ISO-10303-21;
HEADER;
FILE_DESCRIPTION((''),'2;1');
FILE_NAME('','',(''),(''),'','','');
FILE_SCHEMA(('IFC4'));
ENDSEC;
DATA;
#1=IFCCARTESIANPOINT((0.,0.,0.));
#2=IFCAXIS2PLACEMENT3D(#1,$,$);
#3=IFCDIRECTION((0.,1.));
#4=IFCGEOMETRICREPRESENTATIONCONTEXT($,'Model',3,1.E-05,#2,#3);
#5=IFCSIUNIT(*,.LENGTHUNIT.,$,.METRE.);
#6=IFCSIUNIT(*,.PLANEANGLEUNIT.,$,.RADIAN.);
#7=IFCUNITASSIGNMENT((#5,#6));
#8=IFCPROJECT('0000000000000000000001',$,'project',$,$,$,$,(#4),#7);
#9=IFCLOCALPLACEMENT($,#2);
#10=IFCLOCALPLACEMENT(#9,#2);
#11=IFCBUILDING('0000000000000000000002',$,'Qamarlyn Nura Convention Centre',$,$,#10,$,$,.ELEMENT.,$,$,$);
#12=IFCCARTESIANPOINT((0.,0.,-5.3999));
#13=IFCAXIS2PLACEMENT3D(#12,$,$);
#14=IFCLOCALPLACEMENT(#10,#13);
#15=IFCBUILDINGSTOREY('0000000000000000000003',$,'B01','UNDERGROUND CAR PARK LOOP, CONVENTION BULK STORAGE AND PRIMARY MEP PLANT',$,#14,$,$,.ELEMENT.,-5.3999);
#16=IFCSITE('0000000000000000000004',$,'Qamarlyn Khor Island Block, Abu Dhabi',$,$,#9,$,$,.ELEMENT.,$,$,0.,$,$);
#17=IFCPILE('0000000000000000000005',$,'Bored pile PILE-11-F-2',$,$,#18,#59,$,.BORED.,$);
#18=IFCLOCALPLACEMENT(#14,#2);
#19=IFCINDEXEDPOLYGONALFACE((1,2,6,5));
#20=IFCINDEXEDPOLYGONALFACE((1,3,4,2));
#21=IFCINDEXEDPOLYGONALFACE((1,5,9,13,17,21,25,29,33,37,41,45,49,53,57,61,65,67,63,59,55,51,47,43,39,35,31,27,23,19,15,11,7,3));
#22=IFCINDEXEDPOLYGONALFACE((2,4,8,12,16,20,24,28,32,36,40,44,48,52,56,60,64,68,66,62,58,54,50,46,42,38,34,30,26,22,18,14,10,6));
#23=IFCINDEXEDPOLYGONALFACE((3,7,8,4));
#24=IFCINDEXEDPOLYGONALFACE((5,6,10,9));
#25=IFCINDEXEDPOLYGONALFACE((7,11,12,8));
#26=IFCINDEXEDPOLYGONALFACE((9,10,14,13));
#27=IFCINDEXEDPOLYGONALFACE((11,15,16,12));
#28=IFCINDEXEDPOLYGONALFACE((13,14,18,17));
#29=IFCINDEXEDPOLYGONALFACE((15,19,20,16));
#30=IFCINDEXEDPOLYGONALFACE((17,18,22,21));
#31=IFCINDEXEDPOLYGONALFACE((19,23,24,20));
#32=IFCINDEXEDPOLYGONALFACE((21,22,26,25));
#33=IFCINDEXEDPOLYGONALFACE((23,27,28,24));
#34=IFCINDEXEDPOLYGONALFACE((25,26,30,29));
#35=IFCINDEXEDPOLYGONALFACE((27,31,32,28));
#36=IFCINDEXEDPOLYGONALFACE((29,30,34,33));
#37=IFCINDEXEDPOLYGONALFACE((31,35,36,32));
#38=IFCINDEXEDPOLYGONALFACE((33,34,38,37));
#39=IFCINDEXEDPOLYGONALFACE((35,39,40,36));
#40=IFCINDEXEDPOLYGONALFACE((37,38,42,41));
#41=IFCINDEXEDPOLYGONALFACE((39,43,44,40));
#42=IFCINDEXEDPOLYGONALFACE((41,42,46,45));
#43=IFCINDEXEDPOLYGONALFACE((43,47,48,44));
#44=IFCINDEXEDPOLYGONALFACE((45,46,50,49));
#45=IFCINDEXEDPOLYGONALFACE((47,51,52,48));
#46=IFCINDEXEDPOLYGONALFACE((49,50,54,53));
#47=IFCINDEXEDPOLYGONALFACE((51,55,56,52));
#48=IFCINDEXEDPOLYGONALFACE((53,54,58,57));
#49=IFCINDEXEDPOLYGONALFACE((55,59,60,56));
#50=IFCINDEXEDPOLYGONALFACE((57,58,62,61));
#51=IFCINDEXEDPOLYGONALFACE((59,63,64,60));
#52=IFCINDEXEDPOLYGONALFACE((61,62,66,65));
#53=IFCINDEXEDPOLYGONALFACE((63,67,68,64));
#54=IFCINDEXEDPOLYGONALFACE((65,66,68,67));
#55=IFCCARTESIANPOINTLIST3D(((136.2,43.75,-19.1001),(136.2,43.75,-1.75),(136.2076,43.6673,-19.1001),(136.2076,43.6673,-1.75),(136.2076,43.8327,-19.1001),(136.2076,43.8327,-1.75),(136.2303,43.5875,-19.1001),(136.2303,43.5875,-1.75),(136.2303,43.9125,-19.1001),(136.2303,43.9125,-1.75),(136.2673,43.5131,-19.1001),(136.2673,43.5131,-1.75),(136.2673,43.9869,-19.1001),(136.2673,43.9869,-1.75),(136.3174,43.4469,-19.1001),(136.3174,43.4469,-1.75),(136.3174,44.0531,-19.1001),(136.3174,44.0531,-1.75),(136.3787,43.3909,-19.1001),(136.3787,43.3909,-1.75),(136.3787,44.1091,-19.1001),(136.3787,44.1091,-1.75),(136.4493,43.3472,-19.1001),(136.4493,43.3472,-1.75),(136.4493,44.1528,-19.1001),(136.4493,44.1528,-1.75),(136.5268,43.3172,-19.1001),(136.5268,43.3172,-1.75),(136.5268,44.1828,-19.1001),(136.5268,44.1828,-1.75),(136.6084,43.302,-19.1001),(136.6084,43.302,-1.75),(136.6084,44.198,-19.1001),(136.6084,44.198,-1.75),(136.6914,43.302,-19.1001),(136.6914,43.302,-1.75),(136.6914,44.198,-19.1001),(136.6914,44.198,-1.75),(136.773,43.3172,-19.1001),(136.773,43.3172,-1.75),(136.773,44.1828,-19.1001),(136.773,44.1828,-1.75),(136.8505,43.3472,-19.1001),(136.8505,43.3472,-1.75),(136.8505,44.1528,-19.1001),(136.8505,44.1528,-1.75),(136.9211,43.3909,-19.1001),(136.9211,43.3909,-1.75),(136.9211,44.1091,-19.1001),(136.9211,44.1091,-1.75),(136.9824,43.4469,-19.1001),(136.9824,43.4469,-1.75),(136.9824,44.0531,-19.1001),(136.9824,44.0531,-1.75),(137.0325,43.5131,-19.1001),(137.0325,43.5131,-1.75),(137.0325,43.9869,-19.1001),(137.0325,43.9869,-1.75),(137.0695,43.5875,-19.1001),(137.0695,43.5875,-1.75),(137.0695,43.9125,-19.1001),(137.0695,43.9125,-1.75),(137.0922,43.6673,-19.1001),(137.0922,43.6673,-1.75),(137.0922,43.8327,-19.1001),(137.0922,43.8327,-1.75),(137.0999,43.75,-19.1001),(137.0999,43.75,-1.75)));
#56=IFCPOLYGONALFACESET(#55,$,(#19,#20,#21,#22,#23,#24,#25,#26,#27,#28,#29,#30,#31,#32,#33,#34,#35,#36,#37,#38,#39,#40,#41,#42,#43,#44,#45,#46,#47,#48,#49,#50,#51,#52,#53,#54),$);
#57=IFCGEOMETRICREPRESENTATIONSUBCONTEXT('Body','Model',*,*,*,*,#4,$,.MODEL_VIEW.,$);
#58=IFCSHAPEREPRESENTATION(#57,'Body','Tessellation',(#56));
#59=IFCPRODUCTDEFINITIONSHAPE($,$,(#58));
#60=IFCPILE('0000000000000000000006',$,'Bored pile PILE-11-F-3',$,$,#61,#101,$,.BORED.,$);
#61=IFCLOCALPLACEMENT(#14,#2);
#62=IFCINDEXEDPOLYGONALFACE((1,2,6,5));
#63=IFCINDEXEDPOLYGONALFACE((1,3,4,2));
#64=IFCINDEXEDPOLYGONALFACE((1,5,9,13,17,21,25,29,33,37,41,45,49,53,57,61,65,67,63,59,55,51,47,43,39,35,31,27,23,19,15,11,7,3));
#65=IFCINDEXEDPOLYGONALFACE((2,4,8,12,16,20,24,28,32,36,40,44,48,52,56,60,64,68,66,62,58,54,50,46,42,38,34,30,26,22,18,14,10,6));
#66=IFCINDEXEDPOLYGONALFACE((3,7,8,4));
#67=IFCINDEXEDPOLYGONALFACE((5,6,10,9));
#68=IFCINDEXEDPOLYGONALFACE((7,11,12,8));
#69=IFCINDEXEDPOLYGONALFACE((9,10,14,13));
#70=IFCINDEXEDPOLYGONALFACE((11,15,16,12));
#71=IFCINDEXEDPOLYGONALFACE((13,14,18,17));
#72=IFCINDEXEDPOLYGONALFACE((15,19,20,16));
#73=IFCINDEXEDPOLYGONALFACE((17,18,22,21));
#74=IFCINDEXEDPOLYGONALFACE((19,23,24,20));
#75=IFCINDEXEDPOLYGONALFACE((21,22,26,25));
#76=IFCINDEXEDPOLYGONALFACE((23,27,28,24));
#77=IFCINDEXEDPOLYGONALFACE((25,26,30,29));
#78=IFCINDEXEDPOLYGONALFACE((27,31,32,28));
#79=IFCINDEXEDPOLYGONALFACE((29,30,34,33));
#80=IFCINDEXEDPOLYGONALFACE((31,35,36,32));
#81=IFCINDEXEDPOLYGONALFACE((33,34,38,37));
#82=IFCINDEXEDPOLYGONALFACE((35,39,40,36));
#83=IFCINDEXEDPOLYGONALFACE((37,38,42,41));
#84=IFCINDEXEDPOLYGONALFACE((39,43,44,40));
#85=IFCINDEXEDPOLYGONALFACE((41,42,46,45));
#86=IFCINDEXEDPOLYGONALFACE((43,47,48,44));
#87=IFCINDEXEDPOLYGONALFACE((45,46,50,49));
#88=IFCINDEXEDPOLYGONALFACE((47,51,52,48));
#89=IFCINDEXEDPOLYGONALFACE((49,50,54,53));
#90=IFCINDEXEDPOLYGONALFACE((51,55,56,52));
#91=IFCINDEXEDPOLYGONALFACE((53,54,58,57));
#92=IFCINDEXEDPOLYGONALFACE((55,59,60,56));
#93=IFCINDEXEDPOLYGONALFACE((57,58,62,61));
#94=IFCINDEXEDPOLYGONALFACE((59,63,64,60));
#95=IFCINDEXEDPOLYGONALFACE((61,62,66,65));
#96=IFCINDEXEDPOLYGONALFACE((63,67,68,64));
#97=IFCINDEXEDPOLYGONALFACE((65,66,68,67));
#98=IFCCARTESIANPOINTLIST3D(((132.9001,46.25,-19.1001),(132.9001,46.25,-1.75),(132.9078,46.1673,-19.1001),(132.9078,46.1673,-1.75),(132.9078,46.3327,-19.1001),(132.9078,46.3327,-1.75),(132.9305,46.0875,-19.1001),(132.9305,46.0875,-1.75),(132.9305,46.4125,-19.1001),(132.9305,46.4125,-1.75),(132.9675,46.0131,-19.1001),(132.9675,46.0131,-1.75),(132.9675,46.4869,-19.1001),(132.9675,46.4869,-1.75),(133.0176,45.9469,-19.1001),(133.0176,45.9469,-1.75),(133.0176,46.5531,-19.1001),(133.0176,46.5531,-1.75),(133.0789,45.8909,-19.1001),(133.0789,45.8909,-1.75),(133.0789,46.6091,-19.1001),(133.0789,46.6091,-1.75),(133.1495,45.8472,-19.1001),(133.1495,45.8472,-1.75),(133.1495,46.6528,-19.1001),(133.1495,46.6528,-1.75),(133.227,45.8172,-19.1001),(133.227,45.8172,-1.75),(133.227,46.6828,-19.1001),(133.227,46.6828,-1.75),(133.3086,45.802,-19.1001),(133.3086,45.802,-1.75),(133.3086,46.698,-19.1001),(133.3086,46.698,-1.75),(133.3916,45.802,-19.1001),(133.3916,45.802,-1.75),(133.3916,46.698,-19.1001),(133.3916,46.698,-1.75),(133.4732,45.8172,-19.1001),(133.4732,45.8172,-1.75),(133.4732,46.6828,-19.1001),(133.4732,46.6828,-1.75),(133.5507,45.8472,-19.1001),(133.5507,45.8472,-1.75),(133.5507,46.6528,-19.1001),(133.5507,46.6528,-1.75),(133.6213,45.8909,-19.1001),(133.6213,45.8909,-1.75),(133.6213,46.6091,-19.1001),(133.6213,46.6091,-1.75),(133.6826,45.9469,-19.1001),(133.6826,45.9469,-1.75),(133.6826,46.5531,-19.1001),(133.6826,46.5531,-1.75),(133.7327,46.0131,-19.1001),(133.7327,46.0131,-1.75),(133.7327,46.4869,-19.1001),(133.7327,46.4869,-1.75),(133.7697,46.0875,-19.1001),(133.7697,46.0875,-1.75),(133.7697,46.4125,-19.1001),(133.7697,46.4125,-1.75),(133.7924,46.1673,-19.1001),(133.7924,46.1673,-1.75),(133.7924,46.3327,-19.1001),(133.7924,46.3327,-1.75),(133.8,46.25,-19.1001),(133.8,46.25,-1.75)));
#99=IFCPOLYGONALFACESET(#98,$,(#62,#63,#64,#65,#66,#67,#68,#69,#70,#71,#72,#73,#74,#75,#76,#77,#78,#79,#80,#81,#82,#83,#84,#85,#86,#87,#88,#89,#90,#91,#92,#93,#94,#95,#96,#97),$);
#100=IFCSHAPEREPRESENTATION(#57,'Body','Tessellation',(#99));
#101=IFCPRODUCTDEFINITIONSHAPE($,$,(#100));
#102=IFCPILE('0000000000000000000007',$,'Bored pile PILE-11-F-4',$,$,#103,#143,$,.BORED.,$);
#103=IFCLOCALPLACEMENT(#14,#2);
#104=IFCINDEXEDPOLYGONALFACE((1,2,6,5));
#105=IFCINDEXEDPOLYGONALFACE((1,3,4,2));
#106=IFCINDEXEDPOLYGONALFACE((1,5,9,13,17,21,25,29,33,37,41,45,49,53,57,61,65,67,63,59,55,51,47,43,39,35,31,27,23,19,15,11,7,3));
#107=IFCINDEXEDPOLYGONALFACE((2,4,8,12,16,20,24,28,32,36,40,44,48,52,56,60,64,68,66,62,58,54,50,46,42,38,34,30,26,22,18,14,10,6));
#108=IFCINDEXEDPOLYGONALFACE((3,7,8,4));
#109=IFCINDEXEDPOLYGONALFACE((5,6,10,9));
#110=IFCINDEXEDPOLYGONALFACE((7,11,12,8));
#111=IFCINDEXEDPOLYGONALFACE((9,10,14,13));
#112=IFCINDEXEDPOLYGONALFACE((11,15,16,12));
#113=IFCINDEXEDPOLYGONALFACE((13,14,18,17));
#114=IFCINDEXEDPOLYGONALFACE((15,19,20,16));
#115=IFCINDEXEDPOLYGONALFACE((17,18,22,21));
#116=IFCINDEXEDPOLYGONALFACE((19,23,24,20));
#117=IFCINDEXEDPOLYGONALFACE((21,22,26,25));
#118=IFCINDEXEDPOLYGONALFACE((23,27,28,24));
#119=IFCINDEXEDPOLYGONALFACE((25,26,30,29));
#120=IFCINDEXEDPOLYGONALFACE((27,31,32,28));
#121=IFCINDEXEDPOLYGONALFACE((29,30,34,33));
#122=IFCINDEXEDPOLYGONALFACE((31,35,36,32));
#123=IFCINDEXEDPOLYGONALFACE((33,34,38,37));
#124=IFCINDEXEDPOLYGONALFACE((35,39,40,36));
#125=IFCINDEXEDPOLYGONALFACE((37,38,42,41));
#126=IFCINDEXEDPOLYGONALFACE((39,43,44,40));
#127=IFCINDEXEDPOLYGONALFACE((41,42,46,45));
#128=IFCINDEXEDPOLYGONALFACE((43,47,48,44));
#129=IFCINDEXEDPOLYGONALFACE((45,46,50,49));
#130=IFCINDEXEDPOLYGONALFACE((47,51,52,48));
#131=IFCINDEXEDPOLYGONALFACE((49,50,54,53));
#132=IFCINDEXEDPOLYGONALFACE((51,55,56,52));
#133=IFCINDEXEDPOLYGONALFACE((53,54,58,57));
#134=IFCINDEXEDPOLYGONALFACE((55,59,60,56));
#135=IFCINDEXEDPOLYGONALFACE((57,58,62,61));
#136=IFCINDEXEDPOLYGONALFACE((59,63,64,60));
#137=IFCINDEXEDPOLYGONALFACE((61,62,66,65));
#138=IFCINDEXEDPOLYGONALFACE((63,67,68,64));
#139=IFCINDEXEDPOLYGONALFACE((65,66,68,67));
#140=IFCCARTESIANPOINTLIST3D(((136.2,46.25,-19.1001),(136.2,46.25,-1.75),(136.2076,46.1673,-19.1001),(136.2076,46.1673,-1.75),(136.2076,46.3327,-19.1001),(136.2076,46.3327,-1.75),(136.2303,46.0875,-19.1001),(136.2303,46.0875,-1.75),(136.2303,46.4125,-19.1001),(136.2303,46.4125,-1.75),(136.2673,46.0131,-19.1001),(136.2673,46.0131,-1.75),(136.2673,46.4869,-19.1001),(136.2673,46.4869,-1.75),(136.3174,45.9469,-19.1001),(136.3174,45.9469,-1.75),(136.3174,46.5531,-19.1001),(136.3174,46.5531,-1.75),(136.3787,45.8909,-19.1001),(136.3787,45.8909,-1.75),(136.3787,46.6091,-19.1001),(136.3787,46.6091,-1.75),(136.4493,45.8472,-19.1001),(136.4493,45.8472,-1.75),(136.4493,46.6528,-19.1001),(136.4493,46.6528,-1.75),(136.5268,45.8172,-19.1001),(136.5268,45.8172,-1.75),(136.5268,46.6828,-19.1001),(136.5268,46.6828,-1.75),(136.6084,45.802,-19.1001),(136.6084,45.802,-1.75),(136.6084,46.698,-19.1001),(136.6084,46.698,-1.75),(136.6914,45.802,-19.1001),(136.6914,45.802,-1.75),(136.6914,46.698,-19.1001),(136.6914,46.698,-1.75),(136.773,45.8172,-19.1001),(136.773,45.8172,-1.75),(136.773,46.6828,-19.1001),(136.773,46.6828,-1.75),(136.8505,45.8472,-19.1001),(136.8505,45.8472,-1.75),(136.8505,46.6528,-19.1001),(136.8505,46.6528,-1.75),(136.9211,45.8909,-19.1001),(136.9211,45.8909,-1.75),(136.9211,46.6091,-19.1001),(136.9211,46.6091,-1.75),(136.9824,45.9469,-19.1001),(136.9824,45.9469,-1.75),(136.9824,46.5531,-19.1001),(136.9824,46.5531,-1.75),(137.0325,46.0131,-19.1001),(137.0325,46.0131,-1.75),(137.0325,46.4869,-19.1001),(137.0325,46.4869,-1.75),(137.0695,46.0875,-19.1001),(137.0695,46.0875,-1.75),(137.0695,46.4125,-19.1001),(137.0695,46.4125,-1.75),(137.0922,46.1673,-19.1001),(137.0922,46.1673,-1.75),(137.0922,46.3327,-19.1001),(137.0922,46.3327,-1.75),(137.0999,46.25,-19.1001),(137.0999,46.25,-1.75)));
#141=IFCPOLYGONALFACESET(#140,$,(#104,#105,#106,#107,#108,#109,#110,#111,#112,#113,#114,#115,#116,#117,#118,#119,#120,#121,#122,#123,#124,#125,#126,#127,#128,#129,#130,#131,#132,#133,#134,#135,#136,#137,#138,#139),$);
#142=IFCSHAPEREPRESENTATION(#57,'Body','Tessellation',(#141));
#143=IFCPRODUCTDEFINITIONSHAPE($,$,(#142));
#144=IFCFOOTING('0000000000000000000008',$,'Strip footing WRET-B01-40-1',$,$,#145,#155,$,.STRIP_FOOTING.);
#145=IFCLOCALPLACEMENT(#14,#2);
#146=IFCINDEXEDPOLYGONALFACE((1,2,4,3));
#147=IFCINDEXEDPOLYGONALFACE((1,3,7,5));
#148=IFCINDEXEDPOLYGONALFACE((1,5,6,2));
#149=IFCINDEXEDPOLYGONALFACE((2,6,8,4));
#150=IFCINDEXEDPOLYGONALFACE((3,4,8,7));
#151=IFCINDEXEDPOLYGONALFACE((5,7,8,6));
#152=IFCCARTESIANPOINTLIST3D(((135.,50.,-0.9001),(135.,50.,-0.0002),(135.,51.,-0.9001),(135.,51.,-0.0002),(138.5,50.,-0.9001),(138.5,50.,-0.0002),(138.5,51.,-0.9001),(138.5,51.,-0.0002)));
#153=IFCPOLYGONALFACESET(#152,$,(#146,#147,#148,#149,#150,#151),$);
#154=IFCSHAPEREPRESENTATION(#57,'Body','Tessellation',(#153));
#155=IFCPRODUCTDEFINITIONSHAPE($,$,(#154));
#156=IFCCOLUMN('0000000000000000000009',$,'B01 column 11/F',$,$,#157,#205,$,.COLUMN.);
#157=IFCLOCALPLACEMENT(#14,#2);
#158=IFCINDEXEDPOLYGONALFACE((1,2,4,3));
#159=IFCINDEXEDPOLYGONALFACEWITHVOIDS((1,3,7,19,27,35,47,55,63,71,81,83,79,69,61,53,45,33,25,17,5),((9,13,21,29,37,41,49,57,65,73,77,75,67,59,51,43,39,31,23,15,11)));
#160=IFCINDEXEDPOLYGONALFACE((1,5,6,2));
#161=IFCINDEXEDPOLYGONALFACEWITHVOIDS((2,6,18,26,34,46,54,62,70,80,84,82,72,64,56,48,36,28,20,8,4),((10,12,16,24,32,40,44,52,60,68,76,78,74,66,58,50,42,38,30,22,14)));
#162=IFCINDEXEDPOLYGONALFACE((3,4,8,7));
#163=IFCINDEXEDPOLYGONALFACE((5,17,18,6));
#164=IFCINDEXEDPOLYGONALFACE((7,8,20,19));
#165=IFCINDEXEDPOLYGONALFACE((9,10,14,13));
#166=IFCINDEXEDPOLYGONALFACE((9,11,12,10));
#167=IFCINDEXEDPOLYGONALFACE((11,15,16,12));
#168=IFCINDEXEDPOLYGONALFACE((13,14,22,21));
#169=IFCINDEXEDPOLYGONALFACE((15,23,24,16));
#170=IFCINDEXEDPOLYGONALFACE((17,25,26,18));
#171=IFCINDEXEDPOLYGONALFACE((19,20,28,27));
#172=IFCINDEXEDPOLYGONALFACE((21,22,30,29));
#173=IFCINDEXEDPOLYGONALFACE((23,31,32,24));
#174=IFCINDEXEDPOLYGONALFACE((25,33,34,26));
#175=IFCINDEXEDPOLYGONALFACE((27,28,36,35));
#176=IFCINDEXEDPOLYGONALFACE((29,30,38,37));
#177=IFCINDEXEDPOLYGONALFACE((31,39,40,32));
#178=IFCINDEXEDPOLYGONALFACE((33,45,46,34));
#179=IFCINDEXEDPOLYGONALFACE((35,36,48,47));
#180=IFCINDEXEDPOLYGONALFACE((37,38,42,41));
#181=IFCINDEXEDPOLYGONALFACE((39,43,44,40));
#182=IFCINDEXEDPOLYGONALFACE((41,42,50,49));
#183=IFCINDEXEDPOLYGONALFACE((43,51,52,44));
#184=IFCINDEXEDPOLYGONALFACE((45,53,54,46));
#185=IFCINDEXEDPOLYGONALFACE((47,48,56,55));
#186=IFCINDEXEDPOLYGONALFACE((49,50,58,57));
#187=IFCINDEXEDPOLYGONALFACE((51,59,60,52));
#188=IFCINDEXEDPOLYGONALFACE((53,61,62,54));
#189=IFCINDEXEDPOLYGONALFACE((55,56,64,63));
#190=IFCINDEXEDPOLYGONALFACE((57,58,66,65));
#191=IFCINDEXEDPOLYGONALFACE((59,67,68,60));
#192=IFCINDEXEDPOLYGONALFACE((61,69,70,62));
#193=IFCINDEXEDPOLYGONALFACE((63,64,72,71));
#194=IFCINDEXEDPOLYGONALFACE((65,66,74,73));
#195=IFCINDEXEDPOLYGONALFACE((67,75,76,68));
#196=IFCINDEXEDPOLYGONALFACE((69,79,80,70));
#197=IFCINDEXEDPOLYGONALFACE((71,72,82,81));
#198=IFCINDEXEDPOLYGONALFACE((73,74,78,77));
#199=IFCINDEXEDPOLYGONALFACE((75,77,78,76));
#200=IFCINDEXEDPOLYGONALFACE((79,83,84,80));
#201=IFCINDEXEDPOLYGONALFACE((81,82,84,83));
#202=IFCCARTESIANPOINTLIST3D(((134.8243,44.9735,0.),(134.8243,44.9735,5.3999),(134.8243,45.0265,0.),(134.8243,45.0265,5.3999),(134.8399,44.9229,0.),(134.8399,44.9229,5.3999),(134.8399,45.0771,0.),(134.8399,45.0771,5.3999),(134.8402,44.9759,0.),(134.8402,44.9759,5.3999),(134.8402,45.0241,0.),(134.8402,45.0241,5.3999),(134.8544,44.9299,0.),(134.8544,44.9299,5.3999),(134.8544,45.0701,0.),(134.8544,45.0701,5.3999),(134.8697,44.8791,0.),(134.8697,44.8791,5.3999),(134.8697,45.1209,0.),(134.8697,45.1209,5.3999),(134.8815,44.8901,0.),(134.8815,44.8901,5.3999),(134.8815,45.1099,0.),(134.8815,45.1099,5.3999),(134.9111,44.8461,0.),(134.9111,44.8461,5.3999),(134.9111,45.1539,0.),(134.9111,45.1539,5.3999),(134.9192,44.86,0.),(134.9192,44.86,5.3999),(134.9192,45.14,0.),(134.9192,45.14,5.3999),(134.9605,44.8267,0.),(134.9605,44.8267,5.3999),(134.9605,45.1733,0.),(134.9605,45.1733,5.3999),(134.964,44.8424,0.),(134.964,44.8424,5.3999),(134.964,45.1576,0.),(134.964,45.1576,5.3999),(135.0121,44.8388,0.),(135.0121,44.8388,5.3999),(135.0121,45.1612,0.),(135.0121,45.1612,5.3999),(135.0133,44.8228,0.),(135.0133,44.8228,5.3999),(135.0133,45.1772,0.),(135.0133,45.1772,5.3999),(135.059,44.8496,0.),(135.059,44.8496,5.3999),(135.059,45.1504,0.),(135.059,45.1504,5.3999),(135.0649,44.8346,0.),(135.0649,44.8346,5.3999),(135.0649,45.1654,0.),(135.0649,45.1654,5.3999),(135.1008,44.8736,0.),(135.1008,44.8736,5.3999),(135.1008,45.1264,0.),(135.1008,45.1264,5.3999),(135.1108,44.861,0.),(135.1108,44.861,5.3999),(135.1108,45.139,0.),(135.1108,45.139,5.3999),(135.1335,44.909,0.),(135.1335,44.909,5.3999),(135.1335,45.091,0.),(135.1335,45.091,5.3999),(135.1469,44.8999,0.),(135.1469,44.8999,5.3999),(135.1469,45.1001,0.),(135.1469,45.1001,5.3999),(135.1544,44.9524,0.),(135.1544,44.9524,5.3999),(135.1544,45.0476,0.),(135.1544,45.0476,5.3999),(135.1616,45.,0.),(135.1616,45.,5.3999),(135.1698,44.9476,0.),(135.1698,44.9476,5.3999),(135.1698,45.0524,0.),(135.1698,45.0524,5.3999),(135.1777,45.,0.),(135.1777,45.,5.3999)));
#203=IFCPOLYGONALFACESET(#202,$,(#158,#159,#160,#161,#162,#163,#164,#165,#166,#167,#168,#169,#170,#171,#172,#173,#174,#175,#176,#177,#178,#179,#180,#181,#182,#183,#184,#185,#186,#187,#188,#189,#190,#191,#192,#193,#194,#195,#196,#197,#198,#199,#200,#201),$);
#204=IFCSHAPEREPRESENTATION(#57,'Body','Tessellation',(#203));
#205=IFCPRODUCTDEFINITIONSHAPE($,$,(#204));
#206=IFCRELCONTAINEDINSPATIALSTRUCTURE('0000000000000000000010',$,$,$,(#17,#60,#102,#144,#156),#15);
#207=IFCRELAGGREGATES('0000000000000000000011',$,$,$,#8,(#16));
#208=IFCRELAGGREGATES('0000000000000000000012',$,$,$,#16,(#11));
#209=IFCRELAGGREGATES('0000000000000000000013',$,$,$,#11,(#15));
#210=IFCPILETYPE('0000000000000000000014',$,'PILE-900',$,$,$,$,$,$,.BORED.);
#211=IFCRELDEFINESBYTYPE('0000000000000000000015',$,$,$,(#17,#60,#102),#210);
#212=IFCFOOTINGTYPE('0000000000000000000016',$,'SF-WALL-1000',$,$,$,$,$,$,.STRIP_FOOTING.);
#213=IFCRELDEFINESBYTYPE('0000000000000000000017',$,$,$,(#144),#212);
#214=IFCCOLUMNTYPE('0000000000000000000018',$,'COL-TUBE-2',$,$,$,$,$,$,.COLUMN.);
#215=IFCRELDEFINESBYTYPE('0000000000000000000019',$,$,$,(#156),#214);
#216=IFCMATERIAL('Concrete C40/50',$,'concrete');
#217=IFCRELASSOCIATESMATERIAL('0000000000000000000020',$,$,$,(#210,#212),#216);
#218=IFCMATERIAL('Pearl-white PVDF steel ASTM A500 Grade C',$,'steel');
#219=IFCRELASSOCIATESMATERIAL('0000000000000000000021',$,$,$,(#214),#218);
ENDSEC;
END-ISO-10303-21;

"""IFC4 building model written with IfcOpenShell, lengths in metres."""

from ifc_helpers import new_model, si_unit, direction, frame, origin, origin_2d, place, context, subcontext, project, spatial, rectangle, circle, hollow_circle, extrude, material, material_profile, profile_set, type_object, element, save


model = new_model("IFC4")

# Units and contexts
model_context = context("Model", 3, precision=1e-05, world=origin(), true_north=direction((0.0, 1.0)))
body_context = subcontext(model_context, "Body", "Model", "MODEL_VIEW")
ifc_project = project(units=[si_unit("LENGTHUNIT", "METRE"), si_unit("PLANEANGLEUNIT", "RADIAN")], contexts=[model_context])

# Site, building, storey
site_placement = place(None, origin())
site = spatial("IfcSite", under=ifc_project, at=site_placement, Name="Qamarlyn Khor Island Block, Abu Dhabi", CompositionType="ELEMENT", RefElevation=0.0)
building_placement = place(site_placement, origin())
building = spatial("IfcBuilding", under=site, at=building_placement, Name="Qamarlyn Nura Convention Centre", CompositionType="ELEMENT")
storey_placement = place(building_placement, frame((0.0, 0.0, -5.3999)))
storey = spatial("IfcBuildingStorey", under=building, at=storey_placement, Name="B01", Description="UNDERGROUND CAR PARK LOOP, CONVENTION BULK STORAGE AND PRIMARY MEP PLANT", CompositionType="ELEMENT", Elevation=-5.3999)

# Shared definitions
ifc_material_1 = material(Name="Concrete C40/50", Category="concrete")

# Piles
ifc_material_profile_1 = material_profile(ifc_material_1, circle(Radius=0.45, at=origin_2d()), Name="BORED PILE 900")
ifc_profile_set_1 = profile_set([ifc_material_profile_1], Name="Concrete C40/50")
pile_type = type_object("IfcPileType", Name="PILE-900", PredefinedType="BORED", material=ifc_profile_set_1)
for number, where, z_axis, x_axis, name in (
    (1, (136.6499, 43.75, -1.75), (0.0, 0.0, -1.0), (1.0, 0.0, 0.0), "Bored pile PILE-11-F-2"),
    (2, (133.3501, 46.25, -1.75), (0.0, 0.0, -1.0), (1.0, 0.0, 0.0), "Bored pile PILE-11-F-3"),
    (3, (136.6499, 46.25, -1.75), (0.0, 0.0, -1.0), (1.0, 0.0, 0.0), "Bored pile PILE-11-F-4"),
):
    element("IfcPile", number, at=place(storey_placement, frame(where, z_axis=z_axis, x_axis=x_axis)), inside=storey, type_object=pile_type, Name=name, PredefinedType="BORED", context=body_context, shape_type="SweptSolid", body=[
        extrude(circle(Radius=0.45, at=origin_2d()), origin(), (0.0, 0.0, 1.0), 17.3501),
    ])

# Footing
ifc_material_profile_2 = material_profile(ifc_material_1, rectangle(XDim=1.0, YDim=0.8999, at=origin_2d()), Name="RC STRIP 1000x900")
ifc_profile_set_2 = profile_set([ifc_material_profile_2], Name="Concrete C40/50")
footing_type_1 = type_object("IfcFootingType", Name="SF-WALL-1000", PredefinedType="STRIP_FOOTING", material=ifc_profile_set_2)
footing_1_placement = place(storey_placement, frame((135.0, 50.5, -0.4502), z_axis=(1.0, 0.0, 0.0), x_axis=(0.0, 1.0, 0.0)))
element("IfcFooting", 4, at=footing_1_placement, inside=storey, type_object=footing_type_1, Name="Strip footing WRET-B01-40-1", PredefinedType="STRIP_FOOTING", context=body_context, shape_type="SweptSolid", body=[
    extrude(rectangle(XDim=1.0, YDim=0.8999, at=origin_2d()), origin(), (0.0, 0.0, 1.0), 3.5),
])

# Column
ifc_material_2 = material(Name="Pearl-white PVDF steel ASTM A500 Grade C", Category="steel")
ifc_material_profile_3 = material_profile(ifc_material_2, hollow_circle(Radius=0.1777, WallThickness=0.0161, at=origin_2d()), Name="CHS355.6X16")
ifc_profile_set_3 = profile_set([ifc_material_profile_3], Name="Pearl-white PVDF steel ASTM A500 Grade C")
column_type_1 = type_object("IfcColumnType", Name="COL-TUBE-2", PredefinedType="COLUMN", material=ifc_profile_set_3)
column_1_placement = place(storey_placement, frame((135.0, 45.0, 0.0), z_axis=(0.0, 0.0, 1.0), x_axis=(1.0, 0.0, 0.0)))
element("IfcColumn", 5, at=column_1_placement, inside=storey, type_object=column_type_1, Name="B01 column 11/F", PredefinedType="COLUMN", context=body_context, shape_type="SweptSolid", body=[
    extrude(hollow_circle(Radius=0.1777, WallThickness=0.0161, at=origin_2d()), origin(), (0.0, 0.0, 1.0), 5.3999),
])

save(model, "model.ifc")
